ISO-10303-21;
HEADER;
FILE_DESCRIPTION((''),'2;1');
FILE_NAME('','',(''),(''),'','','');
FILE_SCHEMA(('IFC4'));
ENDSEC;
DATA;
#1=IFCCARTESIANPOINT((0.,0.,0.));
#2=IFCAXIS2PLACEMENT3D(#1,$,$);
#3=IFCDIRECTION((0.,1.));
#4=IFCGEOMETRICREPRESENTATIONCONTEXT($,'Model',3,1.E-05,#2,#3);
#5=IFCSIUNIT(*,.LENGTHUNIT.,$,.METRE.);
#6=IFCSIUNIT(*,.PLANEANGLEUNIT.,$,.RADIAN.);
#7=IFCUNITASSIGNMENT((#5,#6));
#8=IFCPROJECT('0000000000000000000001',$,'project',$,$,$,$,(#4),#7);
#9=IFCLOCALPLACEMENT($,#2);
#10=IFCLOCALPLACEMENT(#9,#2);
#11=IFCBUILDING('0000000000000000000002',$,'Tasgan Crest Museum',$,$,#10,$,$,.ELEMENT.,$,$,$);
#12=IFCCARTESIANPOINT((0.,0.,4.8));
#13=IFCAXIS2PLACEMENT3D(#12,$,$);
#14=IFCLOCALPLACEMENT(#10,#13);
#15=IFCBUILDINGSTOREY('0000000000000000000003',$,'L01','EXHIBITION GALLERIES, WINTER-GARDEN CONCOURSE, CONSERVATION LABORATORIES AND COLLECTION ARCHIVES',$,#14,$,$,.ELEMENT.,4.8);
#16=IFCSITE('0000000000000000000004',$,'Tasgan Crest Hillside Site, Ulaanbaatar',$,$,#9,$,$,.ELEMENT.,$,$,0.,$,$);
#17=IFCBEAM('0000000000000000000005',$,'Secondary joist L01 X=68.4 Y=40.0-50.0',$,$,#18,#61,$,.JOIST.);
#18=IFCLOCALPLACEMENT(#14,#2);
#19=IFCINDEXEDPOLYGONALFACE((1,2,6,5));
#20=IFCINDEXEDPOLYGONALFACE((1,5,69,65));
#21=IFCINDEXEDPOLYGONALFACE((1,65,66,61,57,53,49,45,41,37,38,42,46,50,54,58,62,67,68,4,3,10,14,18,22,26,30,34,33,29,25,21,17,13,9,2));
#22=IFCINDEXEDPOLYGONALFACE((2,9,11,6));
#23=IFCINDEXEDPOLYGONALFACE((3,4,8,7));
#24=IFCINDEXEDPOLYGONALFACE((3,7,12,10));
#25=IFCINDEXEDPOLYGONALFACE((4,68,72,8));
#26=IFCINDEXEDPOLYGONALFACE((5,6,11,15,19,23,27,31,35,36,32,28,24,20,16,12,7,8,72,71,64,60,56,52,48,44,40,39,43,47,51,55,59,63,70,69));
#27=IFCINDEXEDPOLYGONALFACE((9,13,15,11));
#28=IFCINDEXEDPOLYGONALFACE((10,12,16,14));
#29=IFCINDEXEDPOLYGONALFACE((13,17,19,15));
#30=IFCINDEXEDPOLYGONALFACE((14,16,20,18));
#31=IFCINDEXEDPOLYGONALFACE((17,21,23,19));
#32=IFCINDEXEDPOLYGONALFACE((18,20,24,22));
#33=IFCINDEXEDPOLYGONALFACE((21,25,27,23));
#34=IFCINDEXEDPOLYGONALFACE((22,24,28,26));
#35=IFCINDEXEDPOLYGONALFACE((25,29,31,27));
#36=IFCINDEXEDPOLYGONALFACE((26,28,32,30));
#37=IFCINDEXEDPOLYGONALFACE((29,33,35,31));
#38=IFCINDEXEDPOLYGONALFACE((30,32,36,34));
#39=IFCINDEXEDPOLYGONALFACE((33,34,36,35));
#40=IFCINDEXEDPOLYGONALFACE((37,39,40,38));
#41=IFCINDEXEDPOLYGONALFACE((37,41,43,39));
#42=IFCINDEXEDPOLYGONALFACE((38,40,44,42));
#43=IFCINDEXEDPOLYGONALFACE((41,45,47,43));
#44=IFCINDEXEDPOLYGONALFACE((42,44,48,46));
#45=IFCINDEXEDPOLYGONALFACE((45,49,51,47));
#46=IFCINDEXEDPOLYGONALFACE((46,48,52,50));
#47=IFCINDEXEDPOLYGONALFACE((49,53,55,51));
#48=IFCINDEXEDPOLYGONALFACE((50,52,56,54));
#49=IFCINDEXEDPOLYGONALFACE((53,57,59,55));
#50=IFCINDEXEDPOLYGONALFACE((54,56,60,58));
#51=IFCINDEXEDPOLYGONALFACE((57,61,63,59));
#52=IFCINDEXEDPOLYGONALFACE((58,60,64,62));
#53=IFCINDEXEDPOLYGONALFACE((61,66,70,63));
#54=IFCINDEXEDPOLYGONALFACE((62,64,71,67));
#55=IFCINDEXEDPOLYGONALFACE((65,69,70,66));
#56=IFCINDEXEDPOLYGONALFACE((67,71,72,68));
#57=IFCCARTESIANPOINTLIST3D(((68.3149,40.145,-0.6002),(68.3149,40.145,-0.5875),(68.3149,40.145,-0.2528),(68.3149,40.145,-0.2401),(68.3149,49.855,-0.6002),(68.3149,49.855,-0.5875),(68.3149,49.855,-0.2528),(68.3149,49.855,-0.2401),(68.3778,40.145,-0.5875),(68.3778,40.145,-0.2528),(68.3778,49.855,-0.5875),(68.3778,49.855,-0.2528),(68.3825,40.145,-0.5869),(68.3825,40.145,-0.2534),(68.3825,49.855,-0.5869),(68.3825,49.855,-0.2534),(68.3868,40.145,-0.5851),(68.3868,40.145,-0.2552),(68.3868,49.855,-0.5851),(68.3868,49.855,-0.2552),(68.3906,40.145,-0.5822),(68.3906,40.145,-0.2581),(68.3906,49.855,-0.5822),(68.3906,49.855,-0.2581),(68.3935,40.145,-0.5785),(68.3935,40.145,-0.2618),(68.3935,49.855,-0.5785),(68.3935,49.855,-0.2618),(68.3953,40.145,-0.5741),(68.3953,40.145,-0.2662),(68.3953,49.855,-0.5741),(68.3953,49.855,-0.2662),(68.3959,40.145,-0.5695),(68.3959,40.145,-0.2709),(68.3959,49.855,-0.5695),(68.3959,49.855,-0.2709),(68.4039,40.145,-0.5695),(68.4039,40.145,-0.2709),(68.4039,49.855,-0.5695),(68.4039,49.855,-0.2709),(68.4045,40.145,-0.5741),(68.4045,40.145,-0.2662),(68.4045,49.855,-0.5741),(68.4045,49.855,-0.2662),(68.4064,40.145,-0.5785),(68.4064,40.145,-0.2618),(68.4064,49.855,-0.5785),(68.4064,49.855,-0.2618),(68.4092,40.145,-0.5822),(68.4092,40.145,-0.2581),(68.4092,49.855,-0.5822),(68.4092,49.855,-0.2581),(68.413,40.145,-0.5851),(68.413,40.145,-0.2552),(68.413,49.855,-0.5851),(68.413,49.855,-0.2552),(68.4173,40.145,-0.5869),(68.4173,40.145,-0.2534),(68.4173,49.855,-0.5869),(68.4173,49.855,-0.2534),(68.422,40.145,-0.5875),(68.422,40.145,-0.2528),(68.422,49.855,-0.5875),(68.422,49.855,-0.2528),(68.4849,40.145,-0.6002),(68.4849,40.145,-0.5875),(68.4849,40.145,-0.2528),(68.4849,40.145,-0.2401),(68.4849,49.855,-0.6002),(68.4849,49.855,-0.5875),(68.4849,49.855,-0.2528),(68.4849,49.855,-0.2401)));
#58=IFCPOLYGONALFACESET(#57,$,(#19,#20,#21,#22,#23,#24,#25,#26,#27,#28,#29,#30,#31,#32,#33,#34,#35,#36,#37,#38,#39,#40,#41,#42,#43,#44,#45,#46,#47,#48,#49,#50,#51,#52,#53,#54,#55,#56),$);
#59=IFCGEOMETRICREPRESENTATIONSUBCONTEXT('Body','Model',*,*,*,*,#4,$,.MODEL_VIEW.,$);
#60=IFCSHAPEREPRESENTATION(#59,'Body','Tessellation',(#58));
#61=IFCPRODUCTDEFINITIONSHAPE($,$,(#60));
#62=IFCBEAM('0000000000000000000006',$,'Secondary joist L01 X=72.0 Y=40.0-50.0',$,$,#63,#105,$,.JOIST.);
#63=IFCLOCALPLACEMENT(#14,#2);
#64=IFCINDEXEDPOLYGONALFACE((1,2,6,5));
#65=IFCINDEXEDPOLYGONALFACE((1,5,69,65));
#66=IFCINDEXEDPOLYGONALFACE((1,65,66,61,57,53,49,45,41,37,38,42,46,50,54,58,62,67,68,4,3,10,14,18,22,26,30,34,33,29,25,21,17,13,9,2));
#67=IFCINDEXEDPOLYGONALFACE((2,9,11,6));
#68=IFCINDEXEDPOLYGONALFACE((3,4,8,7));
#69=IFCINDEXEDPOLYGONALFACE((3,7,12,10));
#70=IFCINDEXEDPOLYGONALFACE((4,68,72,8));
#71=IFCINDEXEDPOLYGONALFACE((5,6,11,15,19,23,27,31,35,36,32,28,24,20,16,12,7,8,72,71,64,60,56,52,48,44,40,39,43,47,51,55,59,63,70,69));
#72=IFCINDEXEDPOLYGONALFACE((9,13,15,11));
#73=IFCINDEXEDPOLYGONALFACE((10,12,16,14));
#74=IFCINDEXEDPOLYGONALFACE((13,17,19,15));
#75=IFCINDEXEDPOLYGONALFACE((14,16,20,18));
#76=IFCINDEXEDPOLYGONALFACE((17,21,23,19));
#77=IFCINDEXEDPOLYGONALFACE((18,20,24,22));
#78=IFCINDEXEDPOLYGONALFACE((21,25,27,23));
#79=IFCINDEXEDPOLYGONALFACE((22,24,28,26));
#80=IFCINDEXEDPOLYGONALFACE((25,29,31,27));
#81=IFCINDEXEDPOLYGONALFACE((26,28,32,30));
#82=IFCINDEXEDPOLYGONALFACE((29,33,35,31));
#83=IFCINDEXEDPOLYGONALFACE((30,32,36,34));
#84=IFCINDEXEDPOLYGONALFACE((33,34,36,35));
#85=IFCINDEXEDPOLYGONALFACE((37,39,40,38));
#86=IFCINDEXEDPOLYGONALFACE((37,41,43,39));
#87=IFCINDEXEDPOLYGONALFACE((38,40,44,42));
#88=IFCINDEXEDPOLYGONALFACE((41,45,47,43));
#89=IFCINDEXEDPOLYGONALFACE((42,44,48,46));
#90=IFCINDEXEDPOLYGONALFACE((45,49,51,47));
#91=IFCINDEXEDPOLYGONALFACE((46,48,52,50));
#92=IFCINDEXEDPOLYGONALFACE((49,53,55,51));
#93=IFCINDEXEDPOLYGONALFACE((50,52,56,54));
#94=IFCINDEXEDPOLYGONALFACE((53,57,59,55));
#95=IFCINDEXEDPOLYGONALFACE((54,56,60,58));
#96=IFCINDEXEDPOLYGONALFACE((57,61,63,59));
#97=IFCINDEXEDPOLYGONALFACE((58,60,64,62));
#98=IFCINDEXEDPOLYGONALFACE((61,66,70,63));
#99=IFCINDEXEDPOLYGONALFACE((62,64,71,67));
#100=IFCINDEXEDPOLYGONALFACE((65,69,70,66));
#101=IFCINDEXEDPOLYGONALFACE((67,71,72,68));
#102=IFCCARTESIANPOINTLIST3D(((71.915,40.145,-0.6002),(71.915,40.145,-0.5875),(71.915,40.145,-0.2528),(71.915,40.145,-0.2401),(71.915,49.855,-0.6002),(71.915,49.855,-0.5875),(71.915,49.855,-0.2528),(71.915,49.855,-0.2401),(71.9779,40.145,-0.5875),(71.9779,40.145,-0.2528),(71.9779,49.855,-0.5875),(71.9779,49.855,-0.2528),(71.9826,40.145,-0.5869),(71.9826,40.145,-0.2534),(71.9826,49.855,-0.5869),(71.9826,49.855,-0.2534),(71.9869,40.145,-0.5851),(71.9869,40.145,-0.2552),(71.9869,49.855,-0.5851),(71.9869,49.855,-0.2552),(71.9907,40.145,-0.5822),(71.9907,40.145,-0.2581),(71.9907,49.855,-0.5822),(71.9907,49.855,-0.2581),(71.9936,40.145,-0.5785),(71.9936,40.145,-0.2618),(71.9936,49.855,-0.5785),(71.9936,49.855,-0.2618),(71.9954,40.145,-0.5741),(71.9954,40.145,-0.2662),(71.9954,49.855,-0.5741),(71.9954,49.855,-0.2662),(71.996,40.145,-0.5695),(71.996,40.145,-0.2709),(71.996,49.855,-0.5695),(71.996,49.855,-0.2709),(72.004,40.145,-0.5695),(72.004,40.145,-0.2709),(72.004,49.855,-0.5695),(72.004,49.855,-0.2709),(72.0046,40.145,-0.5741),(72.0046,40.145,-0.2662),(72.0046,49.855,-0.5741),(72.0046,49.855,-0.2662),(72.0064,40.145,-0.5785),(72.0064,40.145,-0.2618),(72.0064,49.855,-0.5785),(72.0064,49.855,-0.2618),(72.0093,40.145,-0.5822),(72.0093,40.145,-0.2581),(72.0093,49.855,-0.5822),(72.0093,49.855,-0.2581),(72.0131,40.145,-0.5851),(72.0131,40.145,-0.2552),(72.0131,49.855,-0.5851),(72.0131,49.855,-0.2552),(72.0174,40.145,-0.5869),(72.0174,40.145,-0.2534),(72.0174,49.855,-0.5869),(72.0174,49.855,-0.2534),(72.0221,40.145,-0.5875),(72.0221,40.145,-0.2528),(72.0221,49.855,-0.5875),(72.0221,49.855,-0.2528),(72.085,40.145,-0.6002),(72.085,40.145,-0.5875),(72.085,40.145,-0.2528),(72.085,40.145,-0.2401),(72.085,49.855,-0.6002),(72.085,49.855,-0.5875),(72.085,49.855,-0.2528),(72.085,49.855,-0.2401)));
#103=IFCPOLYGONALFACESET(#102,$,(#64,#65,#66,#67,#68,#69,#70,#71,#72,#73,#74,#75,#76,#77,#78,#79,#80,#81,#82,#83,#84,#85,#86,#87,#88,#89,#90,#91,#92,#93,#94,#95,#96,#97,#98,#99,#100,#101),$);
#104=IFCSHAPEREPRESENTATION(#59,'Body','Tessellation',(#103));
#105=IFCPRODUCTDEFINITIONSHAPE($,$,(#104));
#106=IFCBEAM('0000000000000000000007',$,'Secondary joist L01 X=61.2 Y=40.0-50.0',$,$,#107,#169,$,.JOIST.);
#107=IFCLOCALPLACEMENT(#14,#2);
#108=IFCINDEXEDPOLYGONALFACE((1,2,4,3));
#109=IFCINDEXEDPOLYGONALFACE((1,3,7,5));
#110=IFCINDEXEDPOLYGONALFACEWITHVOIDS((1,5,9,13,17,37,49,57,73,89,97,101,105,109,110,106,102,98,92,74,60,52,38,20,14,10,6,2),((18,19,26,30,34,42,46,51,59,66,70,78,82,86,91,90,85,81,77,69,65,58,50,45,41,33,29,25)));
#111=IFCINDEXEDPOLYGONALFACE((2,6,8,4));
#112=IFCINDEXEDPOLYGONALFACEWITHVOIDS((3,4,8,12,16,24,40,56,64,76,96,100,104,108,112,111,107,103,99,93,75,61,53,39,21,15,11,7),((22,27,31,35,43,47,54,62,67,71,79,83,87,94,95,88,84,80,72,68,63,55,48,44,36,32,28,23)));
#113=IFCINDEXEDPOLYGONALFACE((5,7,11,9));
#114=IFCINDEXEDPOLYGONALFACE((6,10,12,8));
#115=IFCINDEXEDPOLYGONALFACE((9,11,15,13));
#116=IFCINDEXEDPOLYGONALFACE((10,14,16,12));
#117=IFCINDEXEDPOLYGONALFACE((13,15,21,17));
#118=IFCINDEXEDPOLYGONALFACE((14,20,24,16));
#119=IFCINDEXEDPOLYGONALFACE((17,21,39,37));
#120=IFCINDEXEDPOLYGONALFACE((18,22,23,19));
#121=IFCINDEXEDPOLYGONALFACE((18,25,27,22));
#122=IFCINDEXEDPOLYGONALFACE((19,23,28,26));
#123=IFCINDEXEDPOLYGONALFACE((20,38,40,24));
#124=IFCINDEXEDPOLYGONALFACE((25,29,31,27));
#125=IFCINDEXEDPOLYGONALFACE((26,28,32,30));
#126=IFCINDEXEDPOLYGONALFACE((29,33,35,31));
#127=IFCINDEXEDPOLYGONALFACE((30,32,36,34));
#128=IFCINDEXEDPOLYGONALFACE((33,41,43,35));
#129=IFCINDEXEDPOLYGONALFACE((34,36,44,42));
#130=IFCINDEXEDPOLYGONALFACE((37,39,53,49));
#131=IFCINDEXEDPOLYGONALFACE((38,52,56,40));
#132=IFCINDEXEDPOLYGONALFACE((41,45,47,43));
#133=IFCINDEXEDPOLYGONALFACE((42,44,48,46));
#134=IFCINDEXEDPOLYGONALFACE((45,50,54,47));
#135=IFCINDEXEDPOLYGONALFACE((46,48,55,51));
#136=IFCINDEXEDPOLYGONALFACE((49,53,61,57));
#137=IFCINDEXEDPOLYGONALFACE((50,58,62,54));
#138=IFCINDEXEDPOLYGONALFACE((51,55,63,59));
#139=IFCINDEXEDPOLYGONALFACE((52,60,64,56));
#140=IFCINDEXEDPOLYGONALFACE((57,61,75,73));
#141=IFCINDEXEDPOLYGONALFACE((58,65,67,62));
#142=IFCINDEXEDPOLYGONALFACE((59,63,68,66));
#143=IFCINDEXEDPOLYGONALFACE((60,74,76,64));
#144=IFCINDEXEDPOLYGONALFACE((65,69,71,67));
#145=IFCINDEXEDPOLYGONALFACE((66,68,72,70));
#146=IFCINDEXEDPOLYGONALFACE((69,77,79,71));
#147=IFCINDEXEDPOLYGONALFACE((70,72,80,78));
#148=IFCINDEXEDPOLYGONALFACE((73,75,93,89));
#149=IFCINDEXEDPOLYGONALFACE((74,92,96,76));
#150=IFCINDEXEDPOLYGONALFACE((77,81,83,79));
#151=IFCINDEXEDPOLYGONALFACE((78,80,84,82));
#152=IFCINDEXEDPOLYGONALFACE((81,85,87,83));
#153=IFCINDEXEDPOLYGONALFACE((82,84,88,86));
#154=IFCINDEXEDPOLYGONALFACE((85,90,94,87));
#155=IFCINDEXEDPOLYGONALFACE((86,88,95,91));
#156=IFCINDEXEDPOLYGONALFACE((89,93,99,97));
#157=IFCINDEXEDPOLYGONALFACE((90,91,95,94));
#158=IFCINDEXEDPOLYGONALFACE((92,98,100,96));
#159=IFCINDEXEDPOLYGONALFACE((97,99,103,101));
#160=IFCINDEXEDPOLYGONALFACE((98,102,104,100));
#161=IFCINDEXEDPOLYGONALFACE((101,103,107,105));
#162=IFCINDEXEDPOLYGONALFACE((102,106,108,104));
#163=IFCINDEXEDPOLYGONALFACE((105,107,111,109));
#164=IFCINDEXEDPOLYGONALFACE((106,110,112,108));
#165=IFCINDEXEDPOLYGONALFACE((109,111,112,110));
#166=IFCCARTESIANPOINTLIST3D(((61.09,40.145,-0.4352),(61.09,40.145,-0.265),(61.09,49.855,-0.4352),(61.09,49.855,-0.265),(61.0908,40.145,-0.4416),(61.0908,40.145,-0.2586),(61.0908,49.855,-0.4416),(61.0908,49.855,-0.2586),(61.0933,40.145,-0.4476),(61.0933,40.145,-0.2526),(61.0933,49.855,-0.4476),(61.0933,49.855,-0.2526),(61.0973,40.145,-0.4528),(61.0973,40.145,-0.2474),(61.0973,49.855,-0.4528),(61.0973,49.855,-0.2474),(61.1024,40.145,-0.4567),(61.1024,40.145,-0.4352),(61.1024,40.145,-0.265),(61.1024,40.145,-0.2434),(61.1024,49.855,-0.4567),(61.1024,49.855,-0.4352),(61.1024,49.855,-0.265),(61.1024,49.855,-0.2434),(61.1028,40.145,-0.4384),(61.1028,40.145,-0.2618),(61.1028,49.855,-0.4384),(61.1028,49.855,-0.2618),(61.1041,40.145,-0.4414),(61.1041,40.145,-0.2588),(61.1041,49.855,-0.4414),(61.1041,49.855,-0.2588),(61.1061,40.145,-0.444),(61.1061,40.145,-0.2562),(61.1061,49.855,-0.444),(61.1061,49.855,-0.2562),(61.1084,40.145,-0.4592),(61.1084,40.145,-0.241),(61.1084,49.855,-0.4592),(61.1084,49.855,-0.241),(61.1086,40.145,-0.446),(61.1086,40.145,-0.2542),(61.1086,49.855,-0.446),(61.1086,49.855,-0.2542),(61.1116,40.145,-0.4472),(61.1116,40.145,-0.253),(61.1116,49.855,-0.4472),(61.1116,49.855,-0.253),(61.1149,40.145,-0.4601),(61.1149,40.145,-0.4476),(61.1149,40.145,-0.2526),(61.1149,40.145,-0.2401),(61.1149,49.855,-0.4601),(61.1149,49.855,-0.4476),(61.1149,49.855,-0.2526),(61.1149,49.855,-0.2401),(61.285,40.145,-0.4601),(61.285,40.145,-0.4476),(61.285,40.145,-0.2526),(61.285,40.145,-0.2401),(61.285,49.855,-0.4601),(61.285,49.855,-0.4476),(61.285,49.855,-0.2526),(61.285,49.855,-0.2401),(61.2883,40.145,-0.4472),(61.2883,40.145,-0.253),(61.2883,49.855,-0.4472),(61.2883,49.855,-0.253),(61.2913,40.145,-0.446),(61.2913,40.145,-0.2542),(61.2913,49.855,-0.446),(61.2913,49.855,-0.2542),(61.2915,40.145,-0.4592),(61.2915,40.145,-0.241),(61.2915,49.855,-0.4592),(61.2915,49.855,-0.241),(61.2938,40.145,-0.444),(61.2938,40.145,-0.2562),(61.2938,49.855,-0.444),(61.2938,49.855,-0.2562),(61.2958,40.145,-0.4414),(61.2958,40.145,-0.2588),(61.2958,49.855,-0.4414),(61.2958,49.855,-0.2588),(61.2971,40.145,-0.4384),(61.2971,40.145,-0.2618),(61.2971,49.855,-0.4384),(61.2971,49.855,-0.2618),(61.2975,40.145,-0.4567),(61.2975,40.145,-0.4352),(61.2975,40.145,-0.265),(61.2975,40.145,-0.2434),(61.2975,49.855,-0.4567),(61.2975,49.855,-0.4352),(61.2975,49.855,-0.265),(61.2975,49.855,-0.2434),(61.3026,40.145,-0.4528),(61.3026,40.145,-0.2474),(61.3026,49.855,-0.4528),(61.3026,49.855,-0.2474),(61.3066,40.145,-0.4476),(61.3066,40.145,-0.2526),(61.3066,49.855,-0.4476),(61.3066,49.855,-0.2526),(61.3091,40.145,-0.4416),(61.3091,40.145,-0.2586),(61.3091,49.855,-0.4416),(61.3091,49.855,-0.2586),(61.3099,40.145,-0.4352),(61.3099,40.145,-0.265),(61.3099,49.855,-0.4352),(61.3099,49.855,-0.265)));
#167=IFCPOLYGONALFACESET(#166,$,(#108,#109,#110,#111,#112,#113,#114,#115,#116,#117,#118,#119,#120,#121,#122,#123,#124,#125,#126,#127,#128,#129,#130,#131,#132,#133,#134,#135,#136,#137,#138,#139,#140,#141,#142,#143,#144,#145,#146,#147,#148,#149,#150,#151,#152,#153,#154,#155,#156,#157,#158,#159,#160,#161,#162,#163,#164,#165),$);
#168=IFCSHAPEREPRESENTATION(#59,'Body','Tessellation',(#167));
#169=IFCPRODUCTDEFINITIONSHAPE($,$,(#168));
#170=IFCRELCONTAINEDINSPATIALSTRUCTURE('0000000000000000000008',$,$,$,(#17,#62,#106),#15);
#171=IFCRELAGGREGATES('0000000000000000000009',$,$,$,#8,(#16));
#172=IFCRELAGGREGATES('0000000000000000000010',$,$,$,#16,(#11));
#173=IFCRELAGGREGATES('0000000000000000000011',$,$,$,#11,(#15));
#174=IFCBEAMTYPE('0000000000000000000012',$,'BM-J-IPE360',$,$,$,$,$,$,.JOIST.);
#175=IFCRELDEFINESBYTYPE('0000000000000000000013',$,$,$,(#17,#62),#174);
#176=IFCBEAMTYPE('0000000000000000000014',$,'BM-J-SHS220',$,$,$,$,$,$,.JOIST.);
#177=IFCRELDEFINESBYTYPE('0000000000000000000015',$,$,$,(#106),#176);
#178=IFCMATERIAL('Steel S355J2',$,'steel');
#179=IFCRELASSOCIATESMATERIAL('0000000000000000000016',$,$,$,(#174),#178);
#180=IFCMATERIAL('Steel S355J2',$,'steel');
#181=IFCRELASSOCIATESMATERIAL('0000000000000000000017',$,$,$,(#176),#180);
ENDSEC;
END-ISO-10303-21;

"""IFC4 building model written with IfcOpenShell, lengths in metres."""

from ifc_helpers import new_model, si_unit, direction, frame, origin, origin_2d, place, context, subcontext, project, spatial, hollow_rectangle, i_section, extrude, material, material_profile, profile_set, type_object, element, save


model = new_model("IFC4")

# Units and contexts
model_context = context("Model", 3, precision=1e-05, world=origin(), true_north=direction((0.0, 1.0)))
body_context = subcontext(model_context, "Body", "Model", "MODEL_VIEW")
ifc_project = project(units=[si_unit("LENGTHUNIT", "METRE"), si_unit("PLANEANGLEUNIT", "RADIAN")], contexts=[model_context])

# Site, building, storey
site_placement = place(None, origin())
site = spatial("IfcSite", under=ifc_project, at=site_placement, Name="Tasgan Crest Hillside Site, Ulaanbaatar", CompositionType="ELEMENT", RefElevation=0.0)
building_placement = place(site_placement, origin())
building = spatial("IfcBuilding", under=site, at=building_placement, Name="Tasgan Crest Museum", CompositionType="ELEMENT")
storey_placement = place(building_placement, frame((0.0, 0.0, 4.8)))
storey = spatial("IfcBuildingStorey", under=building, at=storey_placement, Name="L01", Description="EXHIBITION GALLERIES, WINTER-GARDEN CONCOURSE, CONSERVATION LABORATORIES AND COLLECTION ARCHIVES", CompositionType="ELEMENT", Elevation=4.8)

# Beams
ifc_material_1 = material(Name="Steel S355J2", Category="steel")
ifc_material_profile_1 = material_profile(ifc_material_1, i_section(OverallWidth=0.1699, OverallDepth=0.3601, WebThickness=0.0081, FlangeThickness=0.0127, FilletRadius=0.0181, at=origin_2d()), Name="IPE 360")
ifc_profile_set_1 = profile_set([ifc_material_profile_1], Name="Steel S355J2")
beam_type_1 = type_object("IfcBeamType", Name="BM-J-IPE360", PredefinedType="JOIST", material=ifc_profile_set_1)
for number, where, z_axis, x_axis, name in (
    (1, (68.3999, 40.145, -0.4202), (0.0, 1.0, 0.0), (-1.0, 0.0, 0.0), "Secondary joist L01 X=68.4 Y=40.0-50.0"),
    (2, (72.0, 40.145, -0.4202), (0.0, 1.0, 0.0), (-1.0, 0.0, 0.0), "Secondary joist L01 X=72.0 Y=40.0-50.0"),
):
    element("IfcBeam", number, at=place(storey_placement, frame(where, z_axis=z_axis, x_axis=x_axis)), inside=storey, type_object=beam_type_1, Name=name, PredefinedType="JOIST", context=body_context, shape_type="SweptSolid", body=[
        extrude(i_section(OverallWidth=0.1699, OverallDepth=0.3601, WebThickness=0.0081, FlangeThickness=0.0127, FilletRadius=0.0181, at=origin_2d()), origin(), (0.0, 0.0, 1.0), 9.71),
    ])
ifc_material_2 = material(Name="Steel S355J2", Category="steel")
ifc_material_profile_2 = material_profile(ifc_material_2, hollow_rectangle(XDim=0.22, YDim=0.22, WallThickness=0.0125, InnerFilletRadius=0.0125, OuterFilletRadius=0.0249, at=origin_2d()), Name="SHS 220x220x12.5")
ifc_profile_set_2 = profile_set([ifc_material_profile_2], Name="Steel S355J2")
beam_type_2 = type_object("IfcBeamType", Name="BM-J-SHS220", PredefinedType="JOIST", material=ifc_profile_set_2)
beam_1_placement = place(storey_placement, frame((61.2, 40.145, -0.3501), z_axis=(0.0, 1.0, 0.0), x_axis=(-1.0, 0.0, 0.0)))
element("IfcBeam", 3, at=beam_1_placement, inside=storey, type_object=beam_type_2, Name="Secondary joist L01 X=61.2 Y=40.0-50.0", PredefinedType="JOIST", context=body_context, shape_type="SweptSolid", body=[
    extrude(hollow_rectangle(XDim=0.22, YDim=0.22, WallThickness=0.0125, InnerFilletRadius=0.0125, OuterFilletRadius=0.0249, at=origin_2d()), origin(), (0.0, 0.0, 1.0), 9.71),
])

save(model, "model.ifc")
